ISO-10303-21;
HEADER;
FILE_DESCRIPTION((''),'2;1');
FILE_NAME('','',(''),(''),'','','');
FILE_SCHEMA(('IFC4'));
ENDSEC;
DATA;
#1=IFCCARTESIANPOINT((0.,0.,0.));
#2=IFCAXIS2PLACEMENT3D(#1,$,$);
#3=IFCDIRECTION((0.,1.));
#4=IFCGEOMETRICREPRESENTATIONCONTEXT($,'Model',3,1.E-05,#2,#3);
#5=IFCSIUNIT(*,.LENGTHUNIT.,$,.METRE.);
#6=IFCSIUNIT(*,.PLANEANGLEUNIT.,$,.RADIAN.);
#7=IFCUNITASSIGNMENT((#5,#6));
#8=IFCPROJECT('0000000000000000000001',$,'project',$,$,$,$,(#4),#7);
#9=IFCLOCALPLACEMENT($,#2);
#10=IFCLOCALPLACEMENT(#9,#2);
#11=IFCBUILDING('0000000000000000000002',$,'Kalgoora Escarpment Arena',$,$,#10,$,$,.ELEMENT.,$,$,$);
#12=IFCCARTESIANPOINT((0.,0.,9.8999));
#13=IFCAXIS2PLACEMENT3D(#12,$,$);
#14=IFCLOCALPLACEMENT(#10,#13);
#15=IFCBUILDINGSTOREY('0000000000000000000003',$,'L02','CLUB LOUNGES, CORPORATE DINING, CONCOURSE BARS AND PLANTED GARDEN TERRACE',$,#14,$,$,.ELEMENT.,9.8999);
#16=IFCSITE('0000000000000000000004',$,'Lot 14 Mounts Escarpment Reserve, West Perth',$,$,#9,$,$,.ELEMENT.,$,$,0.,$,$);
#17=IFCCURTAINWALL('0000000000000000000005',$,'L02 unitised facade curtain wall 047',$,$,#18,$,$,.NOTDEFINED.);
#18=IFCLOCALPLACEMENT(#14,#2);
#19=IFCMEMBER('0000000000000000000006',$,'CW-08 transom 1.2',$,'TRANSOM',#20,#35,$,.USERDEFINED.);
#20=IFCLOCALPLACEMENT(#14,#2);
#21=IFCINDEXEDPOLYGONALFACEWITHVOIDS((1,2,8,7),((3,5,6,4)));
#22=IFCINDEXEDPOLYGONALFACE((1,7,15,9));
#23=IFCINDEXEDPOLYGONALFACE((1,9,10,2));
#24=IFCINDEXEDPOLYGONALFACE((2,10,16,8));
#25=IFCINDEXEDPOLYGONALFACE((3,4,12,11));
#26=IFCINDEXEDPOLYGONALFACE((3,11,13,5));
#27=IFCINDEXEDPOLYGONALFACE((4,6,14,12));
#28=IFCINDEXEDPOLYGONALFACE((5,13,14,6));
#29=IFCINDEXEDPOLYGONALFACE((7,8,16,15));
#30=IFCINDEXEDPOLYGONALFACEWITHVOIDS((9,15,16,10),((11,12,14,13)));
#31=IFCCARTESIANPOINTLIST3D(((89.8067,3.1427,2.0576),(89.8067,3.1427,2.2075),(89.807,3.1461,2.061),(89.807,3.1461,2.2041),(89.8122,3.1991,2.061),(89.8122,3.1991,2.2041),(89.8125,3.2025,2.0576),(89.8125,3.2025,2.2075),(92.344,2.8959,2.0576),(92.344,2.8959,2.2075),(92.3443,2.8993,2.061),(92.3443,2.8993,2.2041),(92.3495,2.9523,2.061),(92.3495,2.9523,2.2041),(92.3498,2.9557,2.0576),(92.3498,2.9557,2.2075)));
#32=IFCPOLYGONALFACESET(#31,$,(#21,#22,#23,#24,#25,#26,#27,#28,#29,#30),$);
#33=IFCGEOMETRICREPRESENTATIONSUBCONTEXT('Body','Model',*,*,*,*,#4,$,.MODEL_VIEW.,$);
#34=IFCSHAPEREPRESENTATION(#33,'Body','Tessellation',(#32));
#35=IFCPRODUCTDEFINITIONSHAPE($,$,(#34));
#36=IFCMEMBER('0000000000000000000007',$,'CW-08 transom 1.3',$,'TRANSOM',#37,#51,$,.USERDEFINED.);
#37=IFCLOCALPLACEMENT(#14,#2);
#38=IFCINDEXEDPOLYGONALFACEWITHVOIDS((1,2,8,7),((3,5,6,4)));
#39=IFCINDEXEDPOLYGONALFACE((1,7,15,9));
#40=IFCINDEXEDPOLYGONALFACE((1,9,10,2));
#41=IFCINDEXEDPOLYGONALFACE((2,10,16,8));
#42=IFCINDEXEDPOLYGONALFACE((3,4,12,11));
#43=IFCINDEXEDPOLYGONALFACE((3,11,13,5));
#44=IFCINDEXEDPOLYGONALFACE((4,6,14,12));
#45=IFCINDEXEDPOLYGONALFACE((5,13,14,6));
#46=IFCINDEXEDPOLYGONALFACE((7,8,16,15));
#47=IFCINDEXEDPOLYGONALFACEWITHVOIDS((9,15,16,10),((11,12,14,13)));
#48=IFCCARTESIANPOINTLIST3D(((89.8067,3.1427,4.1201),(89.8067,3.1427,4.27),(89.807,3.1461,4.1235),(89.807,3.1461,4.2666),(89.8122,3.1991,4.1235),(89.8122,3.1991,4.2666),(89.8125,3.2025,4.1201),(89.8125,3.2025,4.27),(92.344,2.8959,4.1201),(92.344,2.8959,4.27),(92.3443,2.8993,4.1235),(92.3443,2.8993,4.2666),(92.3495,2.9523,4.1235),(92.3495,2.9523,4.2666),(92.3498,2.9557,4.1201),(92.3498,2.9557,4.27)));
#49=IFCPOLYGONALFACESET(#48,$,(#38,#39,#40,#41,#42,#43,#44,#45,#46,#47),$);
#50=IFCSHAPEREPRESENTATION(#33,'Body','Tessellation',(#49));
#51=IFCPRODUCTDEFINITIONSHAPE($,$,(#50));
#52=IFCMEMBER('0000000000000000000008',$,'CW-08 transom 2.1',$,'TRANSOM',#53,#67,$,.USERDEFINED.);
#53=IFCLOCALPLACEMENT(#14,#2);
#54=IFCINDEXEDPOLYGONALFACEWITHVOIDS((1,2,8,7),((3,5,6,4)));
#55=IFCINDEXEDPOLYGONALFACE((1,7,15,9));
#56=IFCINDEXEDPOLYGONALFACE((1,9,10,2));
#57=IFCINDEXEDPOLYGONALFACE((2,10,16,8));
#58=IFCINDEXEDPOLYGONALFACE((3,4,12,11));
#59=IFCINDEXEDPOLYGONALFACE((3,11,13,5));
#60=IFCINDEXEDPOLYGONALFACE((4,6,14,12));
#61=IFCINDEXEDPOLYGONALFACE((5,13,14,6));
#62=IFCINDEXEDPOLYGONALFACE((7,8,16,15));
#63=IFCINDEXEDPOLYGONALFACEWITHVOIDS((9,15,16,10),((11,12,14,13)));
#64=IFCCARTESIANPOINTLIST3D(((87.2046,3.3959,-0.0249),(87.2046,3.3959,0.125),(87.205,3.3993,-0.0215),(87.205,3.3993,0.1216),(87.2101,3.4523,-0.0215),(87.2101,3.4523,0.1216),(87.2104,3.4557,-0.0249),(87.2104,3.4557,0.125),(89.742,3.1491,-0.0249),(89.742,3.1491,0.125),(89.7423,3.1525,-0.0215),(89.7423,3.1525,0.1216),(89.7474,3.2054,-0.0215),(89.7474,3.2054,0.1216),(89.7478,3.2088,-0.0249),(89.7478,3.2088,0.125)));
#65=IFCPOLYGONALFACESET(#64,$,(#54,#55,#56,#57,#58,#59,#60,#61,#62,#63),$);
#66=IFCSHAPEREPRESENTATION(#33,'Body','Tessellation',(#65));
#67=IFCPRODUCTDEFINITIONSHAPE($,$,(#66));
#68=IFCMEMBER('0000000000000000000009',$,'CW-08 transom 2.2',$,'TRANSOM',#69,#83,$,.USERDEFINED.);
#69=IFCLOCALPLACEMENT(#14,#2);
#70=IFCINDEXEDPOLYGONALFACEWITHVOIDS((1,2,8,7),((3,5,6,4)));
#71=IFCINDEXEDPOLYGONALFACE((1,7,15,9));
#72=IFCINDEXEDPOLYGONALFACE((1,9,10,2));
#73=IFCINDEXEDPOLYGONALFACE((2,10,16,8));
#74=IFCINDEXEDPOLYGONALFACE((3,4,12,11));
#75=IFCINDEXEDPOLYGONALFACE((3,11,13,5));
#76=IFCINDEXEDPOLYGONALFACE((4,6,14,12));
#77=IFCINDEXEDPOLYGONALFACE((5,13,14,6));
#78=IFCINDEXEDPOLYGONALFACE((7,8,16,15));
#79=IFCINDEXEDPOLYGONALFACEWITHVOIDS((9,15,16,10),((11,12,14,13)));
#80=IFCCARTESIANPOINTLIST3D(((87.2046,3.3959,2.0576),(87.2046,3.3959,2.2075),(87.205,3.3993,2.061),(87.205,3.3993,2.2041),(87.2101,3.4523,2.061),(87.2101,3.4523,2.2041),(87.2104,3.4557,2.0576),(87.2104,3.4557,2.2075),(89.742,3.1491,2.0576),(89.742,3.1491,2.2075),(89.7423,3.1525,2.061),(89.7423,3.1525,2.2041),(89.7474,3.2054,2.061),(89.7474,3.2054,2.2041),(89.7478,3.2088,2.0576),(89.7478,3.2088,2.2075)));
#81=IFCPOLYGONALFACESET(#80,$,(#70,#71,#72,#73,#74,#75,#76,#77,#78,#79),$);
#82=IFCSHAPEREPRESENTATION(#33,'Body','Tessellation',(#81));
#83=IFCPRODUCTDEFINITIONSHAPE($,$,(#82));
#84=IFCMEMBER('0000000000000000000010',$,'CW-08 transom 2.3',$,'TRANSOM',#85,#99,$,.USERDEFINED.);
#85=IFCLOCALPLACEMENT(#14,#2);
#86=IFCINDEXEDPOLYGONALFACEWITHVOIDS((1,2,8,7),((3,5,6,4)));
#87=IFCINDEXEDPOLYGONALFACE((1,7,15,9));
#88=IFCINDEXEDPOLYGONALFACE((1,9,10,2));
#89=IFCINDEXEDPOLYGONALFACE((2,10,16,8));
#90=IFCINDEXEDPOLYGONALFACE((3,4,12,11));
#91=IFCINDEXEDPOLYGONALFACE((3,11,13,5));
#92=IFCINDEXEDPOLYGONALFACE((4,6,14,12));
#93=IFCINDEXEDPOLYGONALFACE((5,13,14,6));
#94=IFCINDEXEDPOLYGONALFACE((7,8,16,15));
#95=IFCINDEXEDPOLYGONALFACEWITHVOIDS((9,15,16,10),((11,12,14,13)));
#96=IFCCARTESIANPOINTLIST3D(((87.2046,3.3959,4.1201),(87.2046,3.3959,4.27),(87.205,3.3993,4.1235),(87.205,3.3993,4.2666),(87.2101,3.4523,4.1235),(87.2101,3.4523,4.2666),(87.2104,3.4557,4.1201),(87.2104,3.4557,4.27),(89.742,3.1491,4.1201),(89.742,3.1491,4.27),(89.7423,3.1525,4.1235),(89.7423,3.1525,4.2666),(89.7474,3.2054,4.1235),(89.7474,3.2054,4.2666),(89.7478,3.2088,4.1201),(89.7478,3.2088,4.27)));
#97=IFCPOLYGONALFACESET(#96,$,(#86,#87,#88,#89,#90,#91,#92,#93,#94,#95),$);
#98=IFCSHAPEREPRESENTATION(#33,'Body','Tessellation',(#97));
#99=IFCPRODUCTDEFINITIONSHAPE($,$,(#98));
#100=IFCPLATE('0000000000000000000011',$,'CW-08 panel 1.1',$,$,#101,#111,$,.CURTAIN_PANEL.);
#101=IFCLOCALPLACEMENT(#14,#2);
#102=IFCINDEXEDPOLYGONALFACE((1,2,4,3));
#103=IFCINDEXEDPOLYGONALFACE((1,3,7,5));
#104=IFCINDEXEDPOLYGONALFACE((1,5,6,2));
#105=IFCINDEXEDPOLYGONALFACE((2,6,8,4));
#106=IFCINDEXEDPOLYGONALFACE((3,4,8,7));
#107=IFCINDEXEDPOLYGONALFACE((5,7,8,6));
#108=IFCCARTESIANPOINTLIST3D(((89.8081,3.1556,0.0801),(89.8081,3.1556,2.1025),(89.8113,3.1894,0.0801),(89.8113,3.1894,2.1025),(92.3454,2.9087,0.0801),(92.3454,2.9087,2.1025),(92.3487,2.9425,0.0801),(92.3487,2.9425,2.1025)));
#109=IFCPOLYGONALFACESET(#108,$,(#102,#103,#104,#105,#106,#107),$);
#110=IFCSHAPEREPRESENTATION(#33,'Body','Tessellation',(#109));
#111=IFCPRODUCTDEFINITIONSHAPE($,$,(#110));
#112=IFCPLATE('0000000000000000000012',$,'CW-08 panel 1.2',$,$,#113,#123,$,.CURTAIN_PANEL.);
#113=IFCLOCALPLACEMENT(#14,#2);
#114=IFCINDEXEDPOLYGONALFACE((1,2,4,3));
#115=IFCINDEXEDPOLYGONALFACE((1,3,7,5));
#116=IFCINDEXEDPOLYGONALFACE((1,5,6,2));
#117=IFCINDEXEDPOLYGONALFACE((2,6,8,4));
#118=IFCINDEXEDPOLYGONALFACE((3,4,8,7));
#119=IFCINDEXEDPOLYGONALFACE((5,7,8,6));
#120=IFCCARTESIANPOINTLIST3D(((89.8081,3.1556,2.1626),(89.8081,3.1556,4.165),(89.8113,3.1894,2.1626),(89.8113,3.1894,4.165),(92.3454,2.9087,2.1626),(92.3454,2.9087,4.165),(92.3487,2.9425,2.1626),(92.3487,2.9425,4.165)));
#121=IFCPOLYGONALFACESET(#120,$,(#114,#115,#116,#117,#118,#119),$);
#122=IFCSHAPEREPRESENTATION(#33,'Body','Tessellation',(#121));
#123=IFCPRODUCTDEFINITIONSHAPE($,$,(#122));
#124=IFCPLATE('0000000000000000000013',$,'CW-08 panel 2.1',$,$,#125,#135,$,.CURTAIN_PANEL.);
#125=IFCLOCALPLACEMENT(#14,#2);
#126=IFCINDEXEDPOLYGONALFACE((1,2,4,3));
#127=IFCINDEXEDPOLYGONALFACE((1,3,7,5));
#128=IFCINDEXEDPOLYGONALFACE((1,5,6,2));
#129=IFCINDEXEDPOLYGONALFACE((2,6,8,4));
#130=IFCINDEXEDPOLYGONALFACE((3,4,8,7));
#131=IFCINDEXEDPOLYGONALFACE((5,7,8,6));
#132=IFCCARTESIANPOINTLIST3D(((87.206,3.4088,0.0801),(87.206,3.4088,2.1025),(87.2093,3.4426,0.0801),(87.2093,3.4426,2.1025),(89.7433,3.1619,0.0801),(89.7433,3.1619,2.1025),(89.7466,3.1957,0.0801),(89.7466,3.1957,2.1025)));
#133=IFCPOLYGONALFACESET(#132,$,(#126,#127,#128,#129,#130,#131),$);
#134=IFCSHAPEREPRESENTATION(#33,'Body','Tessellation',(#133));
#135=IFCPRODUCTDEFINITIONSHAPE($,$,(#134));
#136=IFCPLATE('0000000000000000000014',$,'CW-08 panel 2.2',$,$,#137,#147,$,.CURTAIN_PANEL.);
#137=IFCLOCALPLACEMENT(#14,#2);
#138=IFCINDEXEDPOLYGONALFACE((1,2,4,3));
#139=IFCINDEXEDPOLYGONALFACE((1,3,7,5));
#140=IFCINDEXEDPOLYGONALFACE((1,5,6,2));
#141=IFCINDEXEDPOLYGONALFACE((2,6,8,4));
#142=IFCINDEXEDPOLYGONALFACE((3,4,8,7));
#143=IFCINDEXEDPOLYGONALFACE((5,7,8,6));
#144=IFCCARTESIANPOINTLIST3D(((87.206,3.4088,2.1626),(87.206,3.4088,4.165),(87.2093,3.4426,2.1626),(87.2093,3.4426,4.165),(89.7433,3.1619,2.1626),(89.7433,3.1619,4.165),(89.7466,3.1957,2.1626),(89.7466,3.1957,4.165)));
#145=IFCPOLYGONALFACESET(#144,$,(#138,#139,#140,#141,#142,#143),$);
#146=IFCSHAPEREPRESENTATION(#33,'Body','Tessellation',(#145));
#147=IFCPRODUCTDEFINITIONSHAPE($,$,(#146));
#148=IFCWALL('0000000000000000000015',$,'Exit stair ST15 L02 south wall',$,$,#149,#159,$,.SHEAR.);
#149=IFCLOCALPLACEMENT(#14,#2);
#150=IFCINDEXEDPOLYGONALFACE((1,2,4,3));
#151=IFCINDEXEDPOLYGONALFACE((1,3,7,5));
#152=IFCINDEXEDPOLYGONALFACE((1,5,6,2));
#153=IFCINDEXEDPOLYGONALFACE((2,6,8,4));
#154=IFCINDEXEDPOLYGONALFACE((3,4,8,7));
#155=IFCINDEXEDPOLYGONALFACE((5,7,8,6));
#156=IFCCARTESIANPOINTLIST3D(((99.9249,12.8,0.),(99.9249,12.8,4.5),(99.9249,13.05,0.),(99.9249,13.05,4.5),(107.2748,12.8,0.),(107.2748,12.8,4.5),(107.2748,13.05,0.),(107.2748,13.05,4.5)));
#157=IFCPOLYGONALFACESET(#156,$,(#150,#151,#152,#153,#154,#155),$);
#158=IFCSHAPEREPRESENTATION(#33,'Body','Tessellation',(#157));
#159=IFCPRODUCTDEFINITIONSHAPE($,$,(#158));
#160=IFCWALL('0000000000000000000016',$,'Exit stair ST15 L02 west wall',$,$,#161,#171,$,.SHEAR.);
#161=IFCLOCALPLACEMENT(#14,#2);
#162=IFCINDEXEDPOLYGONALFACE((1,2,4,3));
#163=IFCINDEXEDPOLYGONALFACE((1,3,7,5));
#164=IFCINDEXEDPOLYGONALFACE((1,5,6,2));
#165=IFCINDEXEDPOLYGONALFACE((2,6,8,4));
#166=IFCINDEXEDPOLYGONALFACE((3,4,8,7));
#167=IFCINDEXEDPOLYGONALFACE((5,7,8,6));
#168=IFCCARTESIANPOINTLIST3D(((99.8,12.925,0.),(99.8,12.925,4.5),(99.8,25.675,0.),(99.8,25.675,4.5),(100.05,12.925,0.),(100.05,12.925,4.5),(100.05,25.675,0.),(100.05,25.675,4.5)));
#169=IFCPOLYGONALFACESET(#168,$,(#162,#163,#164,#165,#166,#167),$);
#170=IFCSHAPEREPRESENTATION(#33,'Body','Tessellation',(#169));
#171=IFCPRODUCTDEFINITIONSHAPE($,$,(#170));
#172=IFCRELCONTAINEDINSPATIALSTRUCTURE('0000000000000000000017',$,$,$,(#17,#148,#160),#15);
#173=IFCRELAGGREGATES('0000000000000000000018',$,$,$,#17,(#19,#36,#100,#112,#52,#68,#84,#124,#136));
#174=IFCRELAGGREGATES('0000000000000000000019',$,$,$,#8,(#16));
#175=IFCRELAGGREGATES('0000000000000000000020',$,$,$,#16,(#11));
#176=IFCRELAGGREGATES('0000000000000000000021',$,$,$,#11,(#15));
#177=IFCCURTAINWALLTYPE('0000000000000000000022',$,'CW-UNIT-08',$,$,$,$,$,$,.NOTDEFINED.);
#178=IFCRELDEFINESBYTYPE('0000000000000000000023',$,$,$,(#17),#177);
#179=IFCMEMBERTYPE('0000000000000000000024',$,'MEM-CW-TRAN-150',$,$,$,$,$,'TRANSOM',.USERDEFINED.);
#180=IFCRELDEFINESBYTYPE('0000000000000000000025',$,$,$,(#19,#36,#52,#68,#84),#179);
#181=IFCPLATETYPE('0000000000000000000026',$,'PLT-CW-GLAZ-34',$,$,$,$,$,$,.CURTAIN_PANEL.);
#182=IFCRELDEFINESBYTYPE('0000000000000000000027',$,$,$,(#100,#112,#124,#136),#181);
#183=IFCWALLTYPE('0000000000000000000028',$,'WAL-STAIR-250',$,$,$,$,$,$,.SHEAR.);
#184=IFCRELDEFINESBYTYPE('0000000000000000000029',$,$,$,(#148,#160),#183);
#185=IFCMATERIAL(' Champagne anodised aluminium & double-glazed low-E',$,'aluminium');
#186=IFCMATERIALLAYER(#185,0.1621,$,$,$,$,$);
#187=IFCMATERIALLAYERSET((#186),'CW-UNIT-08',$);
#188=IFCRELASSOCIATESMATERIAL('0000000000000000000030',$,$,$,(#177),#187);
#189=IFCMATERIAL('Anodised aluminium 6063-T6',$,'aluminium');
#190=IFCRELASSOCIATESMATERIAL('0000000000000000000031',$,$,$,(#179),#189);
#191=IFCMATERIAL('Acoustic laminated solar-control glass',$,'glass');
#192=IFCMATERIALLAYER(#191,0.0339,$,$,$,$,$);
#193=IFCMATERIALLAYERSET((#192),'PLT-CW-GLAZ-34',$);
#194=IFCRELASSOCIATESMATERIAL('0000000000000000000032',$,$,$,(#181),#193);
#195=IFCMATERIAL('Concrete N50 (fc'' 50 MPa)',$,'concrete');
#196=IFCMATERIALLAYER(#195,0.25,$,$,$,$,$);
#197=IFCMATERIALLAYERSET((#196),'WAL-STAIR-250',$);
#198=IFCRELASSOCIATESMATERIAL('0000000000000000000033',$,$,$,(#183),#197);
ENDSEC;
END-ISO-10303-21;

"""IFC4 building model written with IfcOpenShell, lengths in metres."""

from ifc_helpers import new_model, si_unit, direction, frame, frame_2d, origin, origin_2d, place, context, subcontext, project, spatial, rectangle, hollow_rectangle, extrude, material, layer, layer_set, material_profile, profile_set, type_object, element, aggregate, save


model = new_model("IFC4")

# Units and contexts
model_context = context("Model", 3, precision=1e-05, world=origin(), true_north=direction((0.0, 1.0)))
body_context = subcontext(model_context, "Body", "Model", "MODEL_VIEW")
ifc_project = project(units=[si_unit("LENGTHUNIT", "METRE"), si_unit("PLANEANGLEUNIT", "RADIAN")], contexts=[model_context])

# Site, building, storey
site_placement = place(None, origin())
site = spatial("IfcSite", under=ifc_project, at=site_placement, Name="Lot 14 Mounts Escarpment Reserve, West Perth", CompositionType="ELEMENT", RefElevation=0.0)
building_placement = place(site_placement, origin())
building = spatial("IfcBuilding", under=site, at=building_placement, Name="Kalgoora Escarpment Arena", CompositionType="ELEMENT")
storey_placement = place(building_placement, frame((0.0, 0.0, 9.8999)))
storey = spatial("IfcBuildingStorey", under=building, at=storey_placement, Name="L02", Description="CLUB LOUNGES, CORPORATE DINING, CONCOURSE BARS AND PLANTED GARDEN TERRACE", CompositionType="ELEMENT", Elevation=9.8999)

# Curtain wall, members, plates
ifc_material_1 = material(Name=" Champagne anodised aluminium & double-glazed low-E", Category="aluminium")
ifc_layer_1 = layer(ifc_material_1, 0.1621)
ifc_layer_set_1 = layer_set([ifc_layer_1], Name="CW-UNIT-08")
curtain_wall_type = type_object("IfcCurtainWallType", Name="CW-UNIT-08", PredefinedType="NOTDEFINED", material=ifc_layer_set_1)
curtain_wall_placement = place(storey_placement, origin())
curtain_wall = element("IfcCurtainWall", 1, at=curtain_wall_placement, inside=storey, type_object=curtain_wall_type, Name="L02 unitised facade curtain wall 047", PredefinedType="NOTDEFINED")
ifc_material_2 = material(Name="Anodised aluminium 6063-T6", Category="aluminium")
ifc_material_profile_1 = material_profile(ifc_material_2, hollow_rectangle(XDim=0.0601, YDim=0.1499, WallThickness=0.0034, at=origin_2d()))
ifc_profile_set_1 = profile_set([ifc_material_profile_1], Name="Anodised aluminium 6063-T6")
member_type_1 = type_object("IfcMemberType", Name="MEM-CW-TRAN-150", ElementType="TRANSOM", PredefinedType="USERDEFINED", material=ifc_profile_set_1)
member_1_placement = place(storey_placement, frame((92.3469, 2.9258, 2.1326), z_axis=(-0.995302, 0.09682, 0.0), x_axis=(-0.09682, -0.995302, 0.0)))
member_1 = element("IfcMember", 2, at=member_1_placement, type_object=member_type_1, Name="CW-08 transom 1.2", ObjectType="TRANSOM", PredefinedType="USERDEFINED", context=body_context, shape_type="SweptSolid", body=[
    extrude(hollow_rectangle(XDim=0.0601, YDim=0.1499, WallThickness=0.0034, at=origin_2d()), origin(), (0.0, 0.0, 1.0), 2.5493),
])
member_2_placement = place(storey_placement, frame((92.3469, 2.9258, 4.1951), z_axis=(-0.995302, 0.09682, 0.0), x_axis=(-0.09682, -0.995302, 0.0)))
member_2 = element("IfcMember", 3, at=member_2_placement, type_object=member_type_1, Name="CW-08 transom 1.3", ObjectType="TRANSOM", PredefinedType="USERDEFINED", context=body_context, shape_type="SweptSolid", body=[
    extrude(hollow_rectangle(XDim=0.0601, YDim=0.1499, WallThickness=0.0034, at=origin_2d()), origin(), (0.0, 0.0, 1.0), 2.5493),
])
member_3_placement = place(storey_placement, frame((89.7449, 3.179, 0.05), z_axis=(-0.995302, 0.09682, 0.0), x_axis=(-0.09682, -0.995302, 0.0)))
member_3 = element("IfcMember", 4, at=member_3_placement, type_object=member_type_1, Name="CW-08 transom 2.1", ObjectType="TRANSOM", PredefinedType="USERDEFINED", context=body_context, shape_type="SweptSolid", body=[
    extrude(hollow_rectangle(XDim=0.0601, YDim=0.1499, WallThickness=0.0034, at=origin_2d()), origin(), (0.0, 0.0, 1.0), 2.5493),
])
member_4_placement = place(storey_placement, frame((89.7449, 3.179, 2.1326), z_axis=(-0.995302, 0.09682, 0.0), x_axis=(-0.09682, -0.995302, 0.0)))
member_4 = element("IfcMember", 5, at=member_4_placement, type_object=member_type_1, Name="CW-08 transom 2.2", ObjectType="TRANSOM", PredefinedType="USERDEFINED", context=body_context, shape_type="SweptSolid", body=[
    extrude(hollow_rectangle(XDim=0.0601, YDim=0.1499, WallThickness=0.0034, at=origin_2d()), origin(), (0.0, 0.0, 1.0), 2.5493),
])
member_5_placement = place(storey_placement, frame((89.7449, 3.179, 4.1951), z_axis=(-0.995302, 0.09682, 0.0), x_axis=(-0.09682, -0.995302, 0.0)))
member_5 = element("IfcMember", 6, at=member_5_placement, type_object=member_type_1, Name="CW-08 transom 2.3", ObjectType="TRANSOM", PredefinedType="USERDEFINED", context=body_context, shape_type="SweptSolid", body=[
    extrude(hollow_rectangle(XDim=0.0601, YDim=0.1499, WallThickness=0.0034, at=origin_2d()), origin(), (0.0, 0.0, 1.0), 2.5493),
])
ifc_material_3 = material(Name="Acoustic laminated solar-control glass", Category="glass")
ifc_layer_2 = layer(ifc_material_3, 0.0339)
ifc_layer_set_2 = layer_set([ifc_layer_2], Name="PLT-CW-GLAZ-34")
plate_type = type_object("IfcPlateType", Name="PLT-CW-GLAZ-34", PredefinedType="CURTAIN_PANEL", material=ifc_layer_set_2)
plate_1_placement = place(storey_placement, frame((91.0784, 3.0491, 0.0801), z_axis=(0.0, 0.0, 1.0), x_axis=(-0.995299, 0.096853, 0.0)))
plate_1 = element("IfcPlate", 7, at=plate_1_placement, type_object=plate_type, Name="CW-08 panel 1.1", PredefinedType="CURTAIN_PANEL", context=body_context, shape_type="SweptSolid", body=[
    extrude(rectangle(XDim=2.5493, YDim=0.0339, at=origin_2d()), origin(), (0.0, 0.0, 1.0), 2.0225),
])
plate_2_placement = place(storey_placement, frame((91.0784, 3.0491, 2.1626), z_axis=(0.0, 0.0, 1.0), x_axis=(-0.995299, 0.096853, 0.0)))
plate_2 = element("IfcPlate", 8, at=plate_2_placement, type_object=plate_type, Name="CW-08 panel 1.2", PredefinedType="CURTAIN_PANEL", context=body_context, shape_type="SweptSolid", body=[
    extrude(rectangle(XDim=2.5493, YDim=0.0339, at=origin_2d()), origin(), (0.0, 0.0, 1.0), 2.0024),
])
plate_3_placement = place(storey_placement, frame((88.4763, 3.3022, 0.0801), z_axis=(0.0, 0.0, 1.0), x_axis=(-0.995299, 0.096853, 0.0)))
plate_3 = element("IfcPlate", 9, at=plate_3_placement, type_object=plate_type, Name="CW-08 panel 2.1", PredefinedType="CURTAIN_PANEL", context=body_context, shape_type="SweptSolid", body=[
    extrude(rectangle(XDim=2.5493, YDim=0.0339, at=origin_2d()), origin(), (0.0, 0.0, 1.0), 2.0225),
])
plate_4_placement = place(storey_placement, frame((88.4763, 3.3022, 2.1626), z_axis=(0.0, 0.0, 1.0), x_axis=(-0.995299, 0.096853, 0.0)))
plate_4 = element("IfcPlate", 10, at=plate_4_placement, type_object=plate_type, Name="CW-08 panel 2.2", PredefinedType="CURTAIN_PANEL", context=body_context, shape_type="SweptSolid", body=[
    extrude(rectangle(XDim=2.5493, YDim=0.0339, at=origin_2d()), origin(), (0.0, 0.0, 1.0), 2.0024),
])
aggregate(curtain_wall, [member_1, member_2, plate_1, plate_2, member_3, member_4, member_5, plate_3, plate_4])

# Walls
ifc_material_4 = material(Name="Concrete N50 (fc' 50 MPa)", Category="concrete")
ifc_layer_3 = layer(ifc_material_4, 0.25)
ifc_layer_set_3 = layer_set([ifc_layer_3], Name="WAL-STAIR-250")
wall_type = type_object("IfcWallType", Name="WAL-STAIR-250", PredefinedType="SHEAR", material=ifc_layer_set_3)
wall_1_placement = place(storey_placement, frame((99.925, 12.925, 0.0), z_axis=(0.0, 0.0, 1.0), x_axis=(1.0, 0.0, 0.0)))
element("IfcWall", 11, at=wall_1_placement, inside=storey, type_object=wall_type, Name="Exit stair ST15 L02 south wall", PredefinedType="SHEAR", context=body_context, shape_type="SweptSolid", body=[
    extrude(rectangle(XDim=7.3499, YDim=0.25, at=frame_2d((3.6748, 0.0))), origin(), (0.0, 0.0, 1.0), 4.5),
])
wall_2_placement = place(storey_placement, frame((99.925, 12.925, 0.0), z_axis=(0.0, 0.0, 1.0), x_axis=(0.0, 1.0, 0.0)))
element("IfcWall", 12, at=wall_2_placement, inside=storey, type_object=wall_type, Name="Exit stair ST15 L02 west wall", PredefinedType="SHEAR", context=body_context, shape_type="SweptSolid", body=[
    extrude(rectangle(XDim=12.75, YDim=0.25, at=frame_2d((6.375, 0.0))), origin(), (0.0, 0.0, 1.0), 4.5),
])

save(model, "model.ifc")
